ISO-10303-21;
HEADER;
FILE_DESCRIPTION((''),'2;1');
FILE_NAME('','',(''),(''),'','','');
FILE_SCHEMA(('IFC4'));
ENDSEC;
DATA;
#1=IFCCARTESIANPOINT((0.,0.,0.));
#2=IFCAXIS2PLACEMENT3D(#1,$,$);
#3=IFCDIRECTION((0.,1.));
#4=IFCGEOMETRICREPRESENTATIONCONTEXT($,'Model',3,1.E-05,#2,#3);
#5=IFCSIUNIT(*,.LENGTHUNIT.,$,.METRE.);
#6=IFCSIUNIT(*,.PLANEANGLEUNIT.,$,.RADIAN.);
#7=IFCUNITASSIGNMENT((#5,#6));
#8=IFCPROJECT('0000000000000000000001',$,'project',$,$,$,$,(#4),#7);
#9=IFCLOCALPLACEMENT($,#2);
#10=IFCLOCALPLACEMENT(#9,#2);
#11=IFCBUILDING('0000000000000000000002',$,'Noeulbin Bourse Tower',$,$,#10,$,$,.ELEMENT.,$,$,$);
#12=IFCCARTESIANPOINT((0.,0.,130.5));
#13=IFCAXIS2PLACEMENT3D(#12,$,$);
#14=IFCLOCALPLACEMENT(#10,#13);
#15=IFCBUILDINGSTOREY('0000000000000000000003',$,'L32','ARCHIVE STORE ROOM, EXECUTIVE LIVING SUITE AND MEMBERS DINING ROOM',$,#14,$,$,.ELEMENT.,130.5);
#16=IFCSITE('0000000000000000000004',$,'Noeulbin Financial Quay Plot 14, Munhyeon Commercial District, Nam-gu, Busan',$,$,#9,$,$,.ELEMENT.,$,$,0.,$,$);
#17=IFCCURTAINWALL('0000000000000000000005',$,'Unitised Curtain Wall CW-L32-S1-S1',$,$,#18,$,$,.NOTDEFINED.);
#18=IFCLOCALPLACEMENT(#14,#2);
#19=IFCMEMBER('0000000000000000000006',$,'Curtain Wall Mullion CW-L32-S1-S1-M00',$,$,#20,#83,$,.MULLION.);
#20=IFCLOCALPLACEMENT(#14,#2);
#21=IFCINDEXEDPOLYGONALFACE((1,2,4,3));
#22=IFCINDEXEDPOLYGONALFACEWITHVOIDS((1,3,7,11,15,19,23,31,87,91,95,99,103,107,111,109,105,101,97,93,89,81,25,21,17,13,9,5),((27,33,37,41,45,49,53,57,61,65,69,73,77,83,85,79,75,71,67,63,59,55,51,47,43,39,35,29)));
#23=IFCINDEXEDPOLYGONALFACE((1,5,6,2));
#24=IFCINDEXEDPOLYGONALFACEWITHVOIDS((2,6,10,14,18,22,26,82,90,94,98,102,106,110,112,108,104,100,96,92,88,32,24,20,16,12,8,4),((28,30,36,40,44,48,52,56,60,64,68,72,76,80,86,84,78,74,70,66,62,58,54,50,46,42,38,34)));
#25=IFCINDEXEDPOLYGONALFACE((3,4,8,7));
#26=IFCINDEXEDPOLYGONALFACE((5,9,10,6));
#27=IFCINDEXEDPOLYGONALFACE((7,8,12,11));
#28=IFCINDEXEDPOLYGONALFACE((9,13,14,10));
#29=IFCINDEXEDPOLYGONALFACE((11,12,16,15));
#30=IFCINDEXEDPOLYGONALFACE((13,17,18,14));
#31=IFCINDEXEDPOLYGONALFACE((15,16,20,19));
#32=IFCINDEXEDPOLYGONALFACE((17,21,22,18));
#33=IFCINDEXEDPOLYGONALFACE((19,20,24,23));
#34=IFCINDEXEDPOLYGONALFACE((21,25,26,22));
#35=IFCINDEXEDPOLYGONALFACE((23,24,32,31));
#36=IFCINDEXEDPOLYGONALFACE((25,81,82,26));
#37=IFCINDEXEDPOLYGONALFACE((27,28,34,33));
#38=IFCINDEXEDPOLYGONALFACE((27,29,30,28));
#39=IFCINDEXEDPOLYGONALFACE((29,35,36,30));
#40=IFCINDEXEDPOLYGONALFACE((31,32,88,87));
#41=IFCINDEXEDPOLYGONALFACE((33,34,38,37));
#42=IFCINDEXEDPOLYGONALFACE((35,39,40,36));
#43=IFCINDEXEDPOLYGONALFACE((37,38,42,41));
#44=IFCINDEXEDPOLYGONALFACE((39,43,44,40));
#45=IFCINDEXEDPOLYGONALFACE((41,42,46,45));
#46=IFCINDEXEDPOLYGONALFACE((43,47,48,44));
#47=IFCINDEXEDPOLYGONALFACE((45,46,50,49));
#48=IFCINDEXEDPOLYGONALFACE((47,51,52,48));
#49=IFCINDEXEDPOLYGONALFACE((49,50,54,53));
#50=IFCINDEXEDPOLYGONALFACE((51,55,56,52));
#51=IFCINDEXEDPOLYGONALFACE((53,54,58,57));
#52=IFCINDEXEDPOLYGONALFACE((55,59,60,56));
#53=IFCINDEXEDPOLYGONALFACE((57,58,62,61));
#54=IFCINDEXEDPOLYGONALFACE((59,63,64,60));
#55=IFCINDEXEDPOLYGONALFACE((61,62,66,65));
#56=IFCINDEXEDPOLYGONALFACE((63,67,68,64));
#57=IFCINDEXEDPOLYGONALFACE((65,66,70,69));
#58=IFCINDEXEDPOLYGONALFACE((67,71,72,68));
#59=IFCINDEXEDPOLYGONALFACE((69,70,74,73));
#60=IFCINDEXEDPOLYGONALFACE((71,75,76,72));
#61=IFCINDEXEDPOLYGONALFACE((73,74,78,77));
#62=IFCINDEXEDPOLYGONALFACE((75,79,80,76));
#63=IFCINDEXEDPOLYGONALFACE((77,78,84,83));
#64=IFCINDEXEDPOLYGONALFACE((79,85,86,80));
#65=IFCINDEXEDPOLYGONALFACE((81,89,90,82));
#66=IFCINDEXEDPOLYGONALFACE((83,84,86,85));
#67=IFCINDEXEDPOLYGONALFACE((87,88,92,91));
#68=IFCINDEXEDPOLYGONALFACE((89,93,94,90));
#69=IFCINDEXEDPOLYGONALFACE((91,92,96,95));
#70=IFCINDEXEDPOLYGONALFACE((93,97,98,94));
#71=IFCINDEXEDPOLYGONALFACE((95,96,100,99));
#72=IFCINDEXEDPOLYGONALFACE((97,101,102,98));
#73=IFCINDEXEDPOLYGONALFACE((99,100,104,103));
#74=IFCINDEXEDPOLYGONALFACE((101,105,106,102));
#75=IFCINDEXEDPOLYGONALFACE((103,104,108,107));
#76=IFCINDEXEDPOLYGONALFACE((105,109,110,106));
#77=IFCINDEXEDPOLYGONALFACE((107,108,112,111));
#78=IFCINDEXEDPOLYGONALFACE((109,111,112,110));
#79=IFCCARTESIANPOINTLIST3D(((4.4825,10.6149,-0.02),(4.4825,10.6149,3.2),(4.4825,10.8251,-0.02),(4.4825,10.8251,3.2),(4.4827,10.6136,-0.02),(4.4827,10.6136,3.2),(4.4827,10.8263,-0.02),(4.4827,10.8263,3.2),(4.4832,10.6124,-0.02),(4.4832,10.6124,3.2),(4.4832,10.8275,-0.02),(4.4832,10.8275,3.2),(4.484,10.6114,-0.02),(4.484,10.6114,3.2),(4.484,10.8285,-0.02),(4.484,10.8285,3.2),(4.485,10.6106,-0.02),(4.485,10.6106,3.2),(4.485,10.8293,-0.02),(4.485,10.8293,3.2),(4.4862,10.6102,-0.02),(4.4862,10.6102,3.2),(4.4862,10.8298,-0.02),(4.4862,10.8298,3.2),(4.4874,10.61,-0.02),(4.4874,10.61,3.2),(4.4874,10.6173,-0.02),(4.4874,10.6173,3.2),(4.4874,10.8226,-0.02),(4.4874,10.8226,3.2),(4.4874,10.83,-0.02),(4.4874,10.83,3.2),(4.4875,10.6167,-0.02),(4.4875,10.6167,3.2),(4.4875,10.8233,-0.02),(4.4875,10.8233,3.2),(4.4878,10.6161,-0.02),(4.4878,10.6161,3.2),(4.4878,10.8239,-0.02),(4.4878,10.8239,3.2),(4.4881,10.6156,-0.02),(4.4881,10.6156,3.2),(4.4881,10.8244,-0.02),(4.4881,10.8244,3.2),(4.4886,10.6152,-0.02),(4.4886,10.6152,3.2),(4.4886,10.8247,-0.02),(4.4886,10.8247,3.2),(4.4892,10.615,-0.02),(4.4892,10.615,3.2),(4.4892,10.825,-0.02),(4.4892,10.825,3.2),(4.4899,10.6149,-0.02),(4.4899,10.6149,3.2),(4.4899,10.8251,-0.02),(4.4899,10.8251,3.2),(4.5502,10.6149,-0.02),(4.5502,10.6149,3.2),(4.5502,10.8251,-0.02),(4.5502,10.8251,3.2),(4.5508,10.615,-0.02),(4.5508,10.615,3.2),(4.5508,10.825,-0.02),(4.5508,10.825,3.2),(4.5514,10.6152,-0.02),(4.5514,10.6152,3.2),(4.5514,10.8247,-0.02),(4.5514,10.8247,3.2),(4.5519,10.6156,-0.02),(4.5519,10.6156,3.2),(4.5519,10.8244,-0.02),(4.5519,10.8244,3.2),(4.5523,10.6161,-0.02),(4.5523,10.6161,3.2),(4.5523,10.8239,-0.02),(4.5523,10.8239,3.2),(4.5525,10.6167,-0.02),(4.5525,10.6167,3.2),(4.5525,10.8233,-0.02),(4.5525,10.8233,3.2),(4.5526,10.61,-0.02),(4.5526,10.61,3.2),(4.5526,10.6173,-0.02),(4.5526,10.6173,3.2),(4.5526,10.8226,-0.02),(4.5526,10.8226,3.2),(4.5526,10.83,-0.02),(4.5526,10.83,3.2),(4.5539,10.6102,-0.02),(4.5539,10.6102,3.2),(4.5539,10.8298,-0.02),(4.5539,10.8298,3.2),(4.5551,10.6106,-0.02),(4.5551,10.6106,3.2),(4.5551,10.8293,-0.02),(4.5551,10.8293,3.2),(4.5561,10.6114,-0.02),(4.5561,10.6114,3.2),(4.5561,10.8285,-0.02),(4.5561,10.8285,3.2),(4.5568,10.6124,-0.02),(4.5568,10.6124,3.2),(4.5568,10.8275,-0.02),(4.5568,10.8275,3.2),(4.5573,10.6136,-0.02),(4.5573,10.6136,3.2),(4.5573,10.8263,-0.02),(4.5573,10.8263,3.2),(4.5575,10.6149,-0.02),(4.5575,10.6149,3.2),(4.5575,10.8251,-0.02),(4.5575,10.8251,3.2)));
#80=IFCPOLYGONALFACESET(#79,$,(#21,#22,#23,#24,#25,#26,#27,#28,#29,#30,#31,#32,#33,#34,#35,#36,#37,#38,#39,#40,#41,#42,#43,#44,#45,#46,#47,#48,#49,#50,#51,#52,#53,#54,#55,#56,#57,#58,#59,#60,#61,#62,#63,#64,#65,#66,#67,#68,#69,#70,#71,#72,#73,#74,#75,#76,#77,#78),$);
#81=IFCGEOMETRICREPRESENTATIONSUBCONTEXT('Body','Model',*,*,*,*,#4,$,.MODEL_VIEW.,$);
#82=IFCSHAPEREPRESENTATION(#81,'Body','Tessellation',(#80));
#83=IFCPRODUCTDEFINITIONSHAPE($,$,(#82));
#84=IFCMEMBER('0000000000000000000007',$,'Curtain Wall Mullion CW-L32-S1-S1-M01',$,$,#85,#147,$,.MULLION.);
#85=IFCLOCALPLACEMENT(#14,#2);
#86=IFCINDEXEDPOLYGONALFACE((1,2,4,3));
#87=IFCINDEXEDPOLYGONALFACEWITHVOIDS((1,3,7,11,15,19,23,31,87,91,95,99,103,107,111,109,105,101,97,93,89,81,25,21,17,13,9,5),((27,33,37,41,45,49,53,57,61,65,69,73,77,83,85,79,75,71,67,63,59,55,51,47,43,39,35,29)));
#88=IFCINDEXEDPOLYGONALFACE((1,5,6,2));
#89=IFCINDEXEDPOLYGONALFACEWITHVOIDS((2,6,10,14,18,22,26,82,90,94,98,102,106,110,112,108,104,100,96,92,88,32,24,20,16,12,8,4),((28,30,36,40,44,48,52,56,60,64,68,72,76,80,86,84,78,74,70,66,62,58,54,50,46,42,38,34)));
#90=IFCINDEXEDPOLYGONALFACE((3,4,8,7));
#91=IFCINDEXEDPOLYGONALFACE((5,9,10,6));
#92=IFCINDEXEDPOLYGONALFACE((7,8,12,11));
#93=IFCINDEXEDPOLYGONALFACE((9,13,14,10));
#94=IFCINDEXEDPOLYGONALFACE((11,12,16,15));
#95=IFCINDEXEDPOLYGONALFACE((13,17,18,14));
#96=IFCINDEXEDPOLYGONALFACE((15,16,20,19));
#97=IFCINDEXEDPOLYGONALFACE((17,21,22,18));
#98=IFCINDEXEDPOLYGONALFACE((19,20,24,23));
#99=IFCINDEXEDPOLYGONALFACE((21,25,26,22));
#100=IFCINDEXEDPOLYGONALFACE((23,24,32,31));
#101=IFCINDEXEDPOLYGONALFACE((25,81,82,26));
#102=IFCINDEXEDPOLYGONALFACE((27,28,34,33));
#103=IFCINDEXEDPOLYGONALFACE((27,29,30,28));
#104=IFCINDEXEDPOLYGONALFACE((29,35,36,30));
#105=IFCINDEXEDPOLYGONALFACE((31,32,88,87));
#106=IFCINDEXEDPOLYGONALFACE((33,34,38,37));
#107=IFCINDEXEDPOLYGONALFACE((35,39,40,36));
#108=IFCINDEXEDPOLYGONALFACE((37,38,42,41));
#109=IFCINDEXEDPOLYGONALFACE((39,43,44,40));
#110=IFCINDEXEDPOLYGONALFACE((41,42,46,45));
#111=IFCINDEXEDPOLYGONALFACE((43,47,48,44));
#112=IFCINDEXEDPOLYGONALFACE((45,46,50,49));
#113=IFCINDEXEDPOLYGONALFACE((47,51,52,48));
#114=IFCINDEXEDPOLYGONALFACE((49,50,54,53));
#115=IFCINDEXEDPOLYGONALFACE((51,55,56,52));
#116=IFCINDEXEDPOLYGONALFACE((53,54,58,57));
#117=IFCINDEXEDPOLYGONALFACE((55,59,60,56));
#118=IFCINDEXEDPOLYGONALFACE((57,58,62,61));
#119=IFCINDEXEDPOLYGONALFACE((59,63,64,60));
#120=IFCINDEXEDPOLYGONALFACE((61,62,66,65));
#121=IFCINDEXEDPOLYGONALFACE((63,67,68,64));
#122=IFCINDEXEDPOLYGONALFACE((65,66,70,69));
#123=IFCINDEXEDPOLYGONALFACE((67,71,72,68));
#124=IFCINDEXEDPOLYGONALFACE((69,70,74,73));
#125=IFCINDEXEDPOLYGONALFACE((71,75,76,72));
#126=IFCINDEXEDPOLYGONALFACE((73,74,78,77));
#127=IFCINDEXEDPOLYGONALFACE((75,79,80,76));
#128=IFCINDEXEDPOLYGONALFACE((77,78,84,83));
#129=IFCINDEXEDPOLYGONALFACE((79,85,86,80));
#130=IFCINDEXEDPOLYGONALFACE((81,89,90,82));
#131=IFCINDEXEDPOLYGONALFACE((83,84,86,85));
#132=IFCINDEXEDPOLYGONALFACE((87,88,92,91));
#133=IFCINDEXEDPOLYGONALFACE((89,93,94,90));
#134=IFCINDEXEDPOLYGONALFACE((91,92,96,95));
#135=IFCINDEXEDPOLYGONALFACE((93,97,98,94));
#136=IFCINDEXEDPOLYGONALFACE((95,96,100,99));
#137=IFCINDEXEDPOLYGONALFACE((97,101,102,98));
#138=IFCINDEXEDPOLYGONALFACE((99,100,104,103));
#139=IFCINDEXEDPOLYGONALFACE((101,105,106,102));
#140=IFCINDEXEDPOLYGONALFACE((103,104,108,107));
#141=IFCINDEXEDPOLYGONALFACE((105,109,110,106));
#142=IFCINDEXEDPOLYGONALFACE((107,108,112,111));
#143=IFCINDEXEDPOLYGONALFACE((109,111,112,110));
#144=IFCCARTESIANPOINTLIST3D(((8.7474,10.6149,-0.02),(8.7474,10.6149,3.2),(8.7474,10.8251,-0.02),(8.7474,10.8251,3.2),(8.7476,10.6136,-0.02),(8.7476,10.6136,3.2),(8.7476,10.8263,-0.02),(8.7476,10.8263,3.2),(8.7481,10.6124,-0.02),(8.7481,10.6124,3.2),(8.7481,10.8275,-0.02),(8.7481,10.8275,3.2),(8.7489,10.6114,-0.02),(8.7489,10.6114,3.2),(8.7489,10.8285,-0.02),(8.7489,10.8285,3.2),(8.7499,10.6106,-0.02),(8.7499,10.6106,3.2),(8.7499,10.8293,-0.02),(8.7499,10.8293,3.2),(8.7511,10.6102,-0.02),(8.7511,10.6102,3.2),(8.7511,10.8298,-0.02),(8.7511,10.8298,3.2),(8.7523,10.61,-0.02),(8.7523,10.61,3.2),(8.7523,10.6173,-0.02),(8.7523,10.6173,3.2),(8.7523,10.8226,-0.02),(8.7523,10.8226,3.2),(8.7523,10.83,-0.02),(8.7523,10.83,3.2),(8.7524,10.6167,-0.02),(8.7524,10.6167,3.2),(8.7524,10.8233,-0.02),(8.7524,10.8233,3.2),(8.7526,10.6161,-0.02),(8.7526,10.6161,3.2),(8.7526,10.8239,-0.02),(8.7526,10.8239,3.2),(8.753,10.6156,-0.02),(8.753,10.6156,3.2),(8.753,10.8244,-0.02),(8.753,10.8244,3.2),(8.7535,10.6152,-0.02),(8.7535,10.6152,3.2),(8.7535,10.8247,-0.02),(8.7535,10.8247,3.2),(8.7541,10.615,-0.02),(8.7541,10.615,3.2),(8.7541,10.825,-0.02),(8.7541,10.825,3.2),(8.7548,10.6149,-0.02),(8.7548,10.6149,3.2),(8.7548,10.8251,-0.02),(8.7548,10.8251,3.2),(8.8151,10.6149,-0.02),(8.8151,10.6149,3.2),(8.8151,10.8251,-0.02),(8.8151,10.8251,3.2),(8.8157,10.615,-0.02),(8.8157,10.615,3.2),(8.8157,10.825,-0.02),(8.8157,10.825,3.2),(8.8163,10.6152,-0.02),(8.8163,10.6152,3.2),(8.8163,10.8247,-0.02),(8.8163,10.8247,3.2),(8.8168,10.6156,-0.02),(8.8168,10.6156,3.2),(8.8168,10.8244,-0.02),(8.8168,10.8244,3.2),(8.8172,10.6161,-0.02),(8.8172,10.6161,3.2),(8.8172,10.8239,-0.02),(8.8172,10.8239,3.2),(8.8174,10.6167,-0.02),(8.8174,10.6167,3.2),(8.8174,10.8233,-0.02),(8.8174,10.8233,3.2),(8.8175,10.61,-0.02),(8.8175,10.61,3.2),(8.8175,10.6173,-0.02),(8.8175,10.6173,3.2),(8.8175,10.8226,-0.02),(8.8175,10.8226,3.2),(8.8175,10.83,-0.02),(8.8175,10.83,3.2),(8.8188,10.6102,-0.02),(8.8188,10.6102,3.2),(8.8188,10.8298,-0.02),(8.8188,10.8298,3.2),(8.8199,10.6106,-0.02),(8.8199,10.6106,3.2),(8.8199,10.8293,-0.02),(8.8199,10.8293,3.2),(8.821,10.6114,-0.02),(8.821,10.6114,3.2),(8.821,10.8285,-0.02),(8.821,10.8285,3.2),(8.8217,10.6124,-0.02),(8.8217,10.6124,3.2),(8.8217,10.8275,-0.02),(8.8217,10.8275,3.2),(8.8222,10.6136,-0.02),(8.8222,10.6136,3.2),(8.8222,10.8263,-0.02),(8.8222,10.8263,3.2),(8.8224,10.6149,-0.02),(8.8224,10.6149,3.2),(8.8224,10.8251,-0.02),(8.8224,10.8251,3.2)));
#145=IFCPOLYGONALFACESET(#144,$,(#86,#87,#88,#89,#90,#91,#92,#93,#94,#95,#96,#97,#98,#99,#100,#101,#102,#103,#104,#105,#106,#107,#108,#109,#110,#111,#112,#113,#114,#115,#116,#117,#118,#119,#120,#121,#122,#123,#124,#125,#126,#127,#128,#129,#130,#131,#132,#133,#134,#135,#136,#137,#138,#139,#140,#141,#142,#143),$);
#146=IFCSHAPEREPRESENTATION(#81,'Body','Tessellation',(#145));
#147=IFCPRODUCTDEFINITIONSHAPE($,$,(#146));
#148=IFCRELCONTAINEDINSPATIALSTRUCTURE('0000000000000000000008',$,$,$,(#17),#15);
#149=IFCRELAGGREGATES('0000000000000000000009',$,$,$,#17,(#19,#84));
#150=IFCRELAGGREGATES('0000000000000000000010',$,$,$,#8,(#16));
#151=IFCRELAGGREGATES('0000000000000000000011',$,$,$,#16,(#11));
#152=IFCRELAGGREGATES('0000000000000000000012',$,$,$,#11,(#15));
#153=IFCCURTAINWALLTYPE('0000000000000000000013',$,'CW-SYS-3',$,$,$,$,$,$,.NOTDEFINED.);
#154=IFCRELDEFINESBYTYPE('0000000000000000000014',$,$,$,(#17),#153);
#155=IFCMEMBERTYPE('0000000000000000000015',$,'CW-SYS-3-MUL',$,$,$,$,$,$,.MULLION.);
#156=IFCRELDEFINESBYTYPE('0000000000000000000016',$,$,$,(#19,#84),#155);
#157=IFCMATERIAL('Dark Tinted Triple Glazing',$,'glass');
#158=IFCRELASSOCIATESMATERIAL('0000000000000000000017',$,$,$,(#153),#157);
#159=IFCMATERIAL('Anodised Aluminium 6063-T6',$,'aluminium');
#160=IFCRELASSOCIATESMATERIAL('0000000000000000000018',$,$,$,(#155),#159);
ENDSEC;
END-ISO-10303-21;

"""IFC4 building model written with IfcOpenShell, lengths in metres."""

from ifc_helpers import new_model, si_unit, direction, frame, origin, origin_2d, place, context, subcontext, project, spatial, hollow_rectangle, extrude, material, material_profile, profile_set, type_object, element, aggregate, save


model = new_model("IFC4")

# Units and contexts
model_context = context("Model", 3, precision=1e-05, world=origin(), true_north=direction((0.0, 1.0)))
body_context = subcontext(model_context, "Body", "Model", "MODEL_VIEW")
ifc_project = project(units=[si_unit("LENGTHUNIT", "METRE"), si_unit("PLANEANGLEUNIT", "RADIAN")], contexts=[model_context])

# Site, building, storey
site_placement = place(None, origin())
site = spatial("IfcSite", under=ifc_project, at=site_placement, Name="Noeulbin Financial Quay Plot 14, Munhyeon Commercial District, Nam-gu, Busan", CompositionType="ELEMENT", RefElevation=0.0)
building_placement = place(site_placement, origin())
building = spatial("IfcBuilding", under=site, at=building_placement, Name="Noeulbin Bourse Tower", CompositionType="ELEMENT")
storey_placement = place(building_placement, frame((0.0, 0.0, 130.5)))
storey = spatial("IfcBuildingStorey", under=building, at=storey_placement, Name="L32", Description="ARCHIVE STORE ROOM, EXECUTIVE LIVING SUITE AND MEMBERS DINING ROOM", CompositionType="ELEMENT", Elevation=130.5)

# Curtain wall, members
ifc_material_1 = material(Name="Dark Tinted Triple Glazing", Category="glass")
curtain_wall_type = type_object("IfcCurtainWallType", Name="CW-SYS-3", PredefinedType="NOTDEFINED", material=ifc_material_1)
curtain_wall_1_placement = place(storey_placement, origin())
curtain_wall_1 = element("IfcCurtainWall", 1, at=curtain_wall_1_placement, inside=storey, type_object=curtain_wall_type, Name="Unitised Curtain Wall CW-L32-S1-S1", PredefinedType="NOTDEFINED")
ifc_material_2 = material(Name="Anodised Aluminium 6063-T6", Category="aluminium")
ifc_material_profile_1 = material_profile(ifc_material_2, hollow_rectangle(XDim=0.075, YDim=0.22, WallThickness=0.0049, InnerFilletRadius=0.0024, OuterFilletRadius=0.0049, at=origin_2d()), Name="ALU-MULL-75x220x5", Category="LoadBearing")
ifc_profile_set_1 = profile_set([ifc_material_profile_1], Name="Anodised Aluminium 6063-T6")
member_type_1 = type_object("IfcMemberType", Name="CW-SYS-3-MUL", PredefinedType="MULLION", material=ifc_profile_set_1)
member_1_placement = place(storey_placement, frame((4.52, 10.72, -0.02), z_axis=(0.0, 0.0, 1.0), x_axis=(1.0, 0.0, 0.0)))
member_1 = element("IfcMember", 2, at=member_1_placement, type_object=member_type_1, Name="Curtain Wall Mullion CW-L32-S1-S1-M00", PredefinedType="MULLION", context=body_context, shape_type="SweptSolid", body=[
    extrude(hollow_rectangle(XDim=0.075, YDim=0.22, WallThickness=0.0049, InnerFilletRadius=0.0024, OuterFilletRadius=0.0049, at=origin_2d()), origin(), (0.0, 0.0, 1.0), 3.22),
])
member_2_placement = place(storey_placement, frame((8.7849, 10.72, -0.02), z_axis=(0.0, 0.0, 1.0), x_axis=(1.0, 0.0, 0.0)))
member_2 = element("IfcMember", 3, at=member_2_placement, type_object=member_type_1, Name="Curtain Wall Mullion CW-L32-S1-S1-M01", PredefinedType="MULLION", context=body_context, shape_type="SweptSolid", body=[
    extrude(hollow_rectangle(XDim=0.075, YDim=0.22, WallThickness=0.0049, InnerFilletRadius=0.0024, OuterFilletRadius=0.0049, at=origin_2d()), origin(), (0.0, 0.0, 1.0), 3.22),
])

aggregate(curtain_wall_1, [member_1, member_2])

save(model, "model.ifc")
